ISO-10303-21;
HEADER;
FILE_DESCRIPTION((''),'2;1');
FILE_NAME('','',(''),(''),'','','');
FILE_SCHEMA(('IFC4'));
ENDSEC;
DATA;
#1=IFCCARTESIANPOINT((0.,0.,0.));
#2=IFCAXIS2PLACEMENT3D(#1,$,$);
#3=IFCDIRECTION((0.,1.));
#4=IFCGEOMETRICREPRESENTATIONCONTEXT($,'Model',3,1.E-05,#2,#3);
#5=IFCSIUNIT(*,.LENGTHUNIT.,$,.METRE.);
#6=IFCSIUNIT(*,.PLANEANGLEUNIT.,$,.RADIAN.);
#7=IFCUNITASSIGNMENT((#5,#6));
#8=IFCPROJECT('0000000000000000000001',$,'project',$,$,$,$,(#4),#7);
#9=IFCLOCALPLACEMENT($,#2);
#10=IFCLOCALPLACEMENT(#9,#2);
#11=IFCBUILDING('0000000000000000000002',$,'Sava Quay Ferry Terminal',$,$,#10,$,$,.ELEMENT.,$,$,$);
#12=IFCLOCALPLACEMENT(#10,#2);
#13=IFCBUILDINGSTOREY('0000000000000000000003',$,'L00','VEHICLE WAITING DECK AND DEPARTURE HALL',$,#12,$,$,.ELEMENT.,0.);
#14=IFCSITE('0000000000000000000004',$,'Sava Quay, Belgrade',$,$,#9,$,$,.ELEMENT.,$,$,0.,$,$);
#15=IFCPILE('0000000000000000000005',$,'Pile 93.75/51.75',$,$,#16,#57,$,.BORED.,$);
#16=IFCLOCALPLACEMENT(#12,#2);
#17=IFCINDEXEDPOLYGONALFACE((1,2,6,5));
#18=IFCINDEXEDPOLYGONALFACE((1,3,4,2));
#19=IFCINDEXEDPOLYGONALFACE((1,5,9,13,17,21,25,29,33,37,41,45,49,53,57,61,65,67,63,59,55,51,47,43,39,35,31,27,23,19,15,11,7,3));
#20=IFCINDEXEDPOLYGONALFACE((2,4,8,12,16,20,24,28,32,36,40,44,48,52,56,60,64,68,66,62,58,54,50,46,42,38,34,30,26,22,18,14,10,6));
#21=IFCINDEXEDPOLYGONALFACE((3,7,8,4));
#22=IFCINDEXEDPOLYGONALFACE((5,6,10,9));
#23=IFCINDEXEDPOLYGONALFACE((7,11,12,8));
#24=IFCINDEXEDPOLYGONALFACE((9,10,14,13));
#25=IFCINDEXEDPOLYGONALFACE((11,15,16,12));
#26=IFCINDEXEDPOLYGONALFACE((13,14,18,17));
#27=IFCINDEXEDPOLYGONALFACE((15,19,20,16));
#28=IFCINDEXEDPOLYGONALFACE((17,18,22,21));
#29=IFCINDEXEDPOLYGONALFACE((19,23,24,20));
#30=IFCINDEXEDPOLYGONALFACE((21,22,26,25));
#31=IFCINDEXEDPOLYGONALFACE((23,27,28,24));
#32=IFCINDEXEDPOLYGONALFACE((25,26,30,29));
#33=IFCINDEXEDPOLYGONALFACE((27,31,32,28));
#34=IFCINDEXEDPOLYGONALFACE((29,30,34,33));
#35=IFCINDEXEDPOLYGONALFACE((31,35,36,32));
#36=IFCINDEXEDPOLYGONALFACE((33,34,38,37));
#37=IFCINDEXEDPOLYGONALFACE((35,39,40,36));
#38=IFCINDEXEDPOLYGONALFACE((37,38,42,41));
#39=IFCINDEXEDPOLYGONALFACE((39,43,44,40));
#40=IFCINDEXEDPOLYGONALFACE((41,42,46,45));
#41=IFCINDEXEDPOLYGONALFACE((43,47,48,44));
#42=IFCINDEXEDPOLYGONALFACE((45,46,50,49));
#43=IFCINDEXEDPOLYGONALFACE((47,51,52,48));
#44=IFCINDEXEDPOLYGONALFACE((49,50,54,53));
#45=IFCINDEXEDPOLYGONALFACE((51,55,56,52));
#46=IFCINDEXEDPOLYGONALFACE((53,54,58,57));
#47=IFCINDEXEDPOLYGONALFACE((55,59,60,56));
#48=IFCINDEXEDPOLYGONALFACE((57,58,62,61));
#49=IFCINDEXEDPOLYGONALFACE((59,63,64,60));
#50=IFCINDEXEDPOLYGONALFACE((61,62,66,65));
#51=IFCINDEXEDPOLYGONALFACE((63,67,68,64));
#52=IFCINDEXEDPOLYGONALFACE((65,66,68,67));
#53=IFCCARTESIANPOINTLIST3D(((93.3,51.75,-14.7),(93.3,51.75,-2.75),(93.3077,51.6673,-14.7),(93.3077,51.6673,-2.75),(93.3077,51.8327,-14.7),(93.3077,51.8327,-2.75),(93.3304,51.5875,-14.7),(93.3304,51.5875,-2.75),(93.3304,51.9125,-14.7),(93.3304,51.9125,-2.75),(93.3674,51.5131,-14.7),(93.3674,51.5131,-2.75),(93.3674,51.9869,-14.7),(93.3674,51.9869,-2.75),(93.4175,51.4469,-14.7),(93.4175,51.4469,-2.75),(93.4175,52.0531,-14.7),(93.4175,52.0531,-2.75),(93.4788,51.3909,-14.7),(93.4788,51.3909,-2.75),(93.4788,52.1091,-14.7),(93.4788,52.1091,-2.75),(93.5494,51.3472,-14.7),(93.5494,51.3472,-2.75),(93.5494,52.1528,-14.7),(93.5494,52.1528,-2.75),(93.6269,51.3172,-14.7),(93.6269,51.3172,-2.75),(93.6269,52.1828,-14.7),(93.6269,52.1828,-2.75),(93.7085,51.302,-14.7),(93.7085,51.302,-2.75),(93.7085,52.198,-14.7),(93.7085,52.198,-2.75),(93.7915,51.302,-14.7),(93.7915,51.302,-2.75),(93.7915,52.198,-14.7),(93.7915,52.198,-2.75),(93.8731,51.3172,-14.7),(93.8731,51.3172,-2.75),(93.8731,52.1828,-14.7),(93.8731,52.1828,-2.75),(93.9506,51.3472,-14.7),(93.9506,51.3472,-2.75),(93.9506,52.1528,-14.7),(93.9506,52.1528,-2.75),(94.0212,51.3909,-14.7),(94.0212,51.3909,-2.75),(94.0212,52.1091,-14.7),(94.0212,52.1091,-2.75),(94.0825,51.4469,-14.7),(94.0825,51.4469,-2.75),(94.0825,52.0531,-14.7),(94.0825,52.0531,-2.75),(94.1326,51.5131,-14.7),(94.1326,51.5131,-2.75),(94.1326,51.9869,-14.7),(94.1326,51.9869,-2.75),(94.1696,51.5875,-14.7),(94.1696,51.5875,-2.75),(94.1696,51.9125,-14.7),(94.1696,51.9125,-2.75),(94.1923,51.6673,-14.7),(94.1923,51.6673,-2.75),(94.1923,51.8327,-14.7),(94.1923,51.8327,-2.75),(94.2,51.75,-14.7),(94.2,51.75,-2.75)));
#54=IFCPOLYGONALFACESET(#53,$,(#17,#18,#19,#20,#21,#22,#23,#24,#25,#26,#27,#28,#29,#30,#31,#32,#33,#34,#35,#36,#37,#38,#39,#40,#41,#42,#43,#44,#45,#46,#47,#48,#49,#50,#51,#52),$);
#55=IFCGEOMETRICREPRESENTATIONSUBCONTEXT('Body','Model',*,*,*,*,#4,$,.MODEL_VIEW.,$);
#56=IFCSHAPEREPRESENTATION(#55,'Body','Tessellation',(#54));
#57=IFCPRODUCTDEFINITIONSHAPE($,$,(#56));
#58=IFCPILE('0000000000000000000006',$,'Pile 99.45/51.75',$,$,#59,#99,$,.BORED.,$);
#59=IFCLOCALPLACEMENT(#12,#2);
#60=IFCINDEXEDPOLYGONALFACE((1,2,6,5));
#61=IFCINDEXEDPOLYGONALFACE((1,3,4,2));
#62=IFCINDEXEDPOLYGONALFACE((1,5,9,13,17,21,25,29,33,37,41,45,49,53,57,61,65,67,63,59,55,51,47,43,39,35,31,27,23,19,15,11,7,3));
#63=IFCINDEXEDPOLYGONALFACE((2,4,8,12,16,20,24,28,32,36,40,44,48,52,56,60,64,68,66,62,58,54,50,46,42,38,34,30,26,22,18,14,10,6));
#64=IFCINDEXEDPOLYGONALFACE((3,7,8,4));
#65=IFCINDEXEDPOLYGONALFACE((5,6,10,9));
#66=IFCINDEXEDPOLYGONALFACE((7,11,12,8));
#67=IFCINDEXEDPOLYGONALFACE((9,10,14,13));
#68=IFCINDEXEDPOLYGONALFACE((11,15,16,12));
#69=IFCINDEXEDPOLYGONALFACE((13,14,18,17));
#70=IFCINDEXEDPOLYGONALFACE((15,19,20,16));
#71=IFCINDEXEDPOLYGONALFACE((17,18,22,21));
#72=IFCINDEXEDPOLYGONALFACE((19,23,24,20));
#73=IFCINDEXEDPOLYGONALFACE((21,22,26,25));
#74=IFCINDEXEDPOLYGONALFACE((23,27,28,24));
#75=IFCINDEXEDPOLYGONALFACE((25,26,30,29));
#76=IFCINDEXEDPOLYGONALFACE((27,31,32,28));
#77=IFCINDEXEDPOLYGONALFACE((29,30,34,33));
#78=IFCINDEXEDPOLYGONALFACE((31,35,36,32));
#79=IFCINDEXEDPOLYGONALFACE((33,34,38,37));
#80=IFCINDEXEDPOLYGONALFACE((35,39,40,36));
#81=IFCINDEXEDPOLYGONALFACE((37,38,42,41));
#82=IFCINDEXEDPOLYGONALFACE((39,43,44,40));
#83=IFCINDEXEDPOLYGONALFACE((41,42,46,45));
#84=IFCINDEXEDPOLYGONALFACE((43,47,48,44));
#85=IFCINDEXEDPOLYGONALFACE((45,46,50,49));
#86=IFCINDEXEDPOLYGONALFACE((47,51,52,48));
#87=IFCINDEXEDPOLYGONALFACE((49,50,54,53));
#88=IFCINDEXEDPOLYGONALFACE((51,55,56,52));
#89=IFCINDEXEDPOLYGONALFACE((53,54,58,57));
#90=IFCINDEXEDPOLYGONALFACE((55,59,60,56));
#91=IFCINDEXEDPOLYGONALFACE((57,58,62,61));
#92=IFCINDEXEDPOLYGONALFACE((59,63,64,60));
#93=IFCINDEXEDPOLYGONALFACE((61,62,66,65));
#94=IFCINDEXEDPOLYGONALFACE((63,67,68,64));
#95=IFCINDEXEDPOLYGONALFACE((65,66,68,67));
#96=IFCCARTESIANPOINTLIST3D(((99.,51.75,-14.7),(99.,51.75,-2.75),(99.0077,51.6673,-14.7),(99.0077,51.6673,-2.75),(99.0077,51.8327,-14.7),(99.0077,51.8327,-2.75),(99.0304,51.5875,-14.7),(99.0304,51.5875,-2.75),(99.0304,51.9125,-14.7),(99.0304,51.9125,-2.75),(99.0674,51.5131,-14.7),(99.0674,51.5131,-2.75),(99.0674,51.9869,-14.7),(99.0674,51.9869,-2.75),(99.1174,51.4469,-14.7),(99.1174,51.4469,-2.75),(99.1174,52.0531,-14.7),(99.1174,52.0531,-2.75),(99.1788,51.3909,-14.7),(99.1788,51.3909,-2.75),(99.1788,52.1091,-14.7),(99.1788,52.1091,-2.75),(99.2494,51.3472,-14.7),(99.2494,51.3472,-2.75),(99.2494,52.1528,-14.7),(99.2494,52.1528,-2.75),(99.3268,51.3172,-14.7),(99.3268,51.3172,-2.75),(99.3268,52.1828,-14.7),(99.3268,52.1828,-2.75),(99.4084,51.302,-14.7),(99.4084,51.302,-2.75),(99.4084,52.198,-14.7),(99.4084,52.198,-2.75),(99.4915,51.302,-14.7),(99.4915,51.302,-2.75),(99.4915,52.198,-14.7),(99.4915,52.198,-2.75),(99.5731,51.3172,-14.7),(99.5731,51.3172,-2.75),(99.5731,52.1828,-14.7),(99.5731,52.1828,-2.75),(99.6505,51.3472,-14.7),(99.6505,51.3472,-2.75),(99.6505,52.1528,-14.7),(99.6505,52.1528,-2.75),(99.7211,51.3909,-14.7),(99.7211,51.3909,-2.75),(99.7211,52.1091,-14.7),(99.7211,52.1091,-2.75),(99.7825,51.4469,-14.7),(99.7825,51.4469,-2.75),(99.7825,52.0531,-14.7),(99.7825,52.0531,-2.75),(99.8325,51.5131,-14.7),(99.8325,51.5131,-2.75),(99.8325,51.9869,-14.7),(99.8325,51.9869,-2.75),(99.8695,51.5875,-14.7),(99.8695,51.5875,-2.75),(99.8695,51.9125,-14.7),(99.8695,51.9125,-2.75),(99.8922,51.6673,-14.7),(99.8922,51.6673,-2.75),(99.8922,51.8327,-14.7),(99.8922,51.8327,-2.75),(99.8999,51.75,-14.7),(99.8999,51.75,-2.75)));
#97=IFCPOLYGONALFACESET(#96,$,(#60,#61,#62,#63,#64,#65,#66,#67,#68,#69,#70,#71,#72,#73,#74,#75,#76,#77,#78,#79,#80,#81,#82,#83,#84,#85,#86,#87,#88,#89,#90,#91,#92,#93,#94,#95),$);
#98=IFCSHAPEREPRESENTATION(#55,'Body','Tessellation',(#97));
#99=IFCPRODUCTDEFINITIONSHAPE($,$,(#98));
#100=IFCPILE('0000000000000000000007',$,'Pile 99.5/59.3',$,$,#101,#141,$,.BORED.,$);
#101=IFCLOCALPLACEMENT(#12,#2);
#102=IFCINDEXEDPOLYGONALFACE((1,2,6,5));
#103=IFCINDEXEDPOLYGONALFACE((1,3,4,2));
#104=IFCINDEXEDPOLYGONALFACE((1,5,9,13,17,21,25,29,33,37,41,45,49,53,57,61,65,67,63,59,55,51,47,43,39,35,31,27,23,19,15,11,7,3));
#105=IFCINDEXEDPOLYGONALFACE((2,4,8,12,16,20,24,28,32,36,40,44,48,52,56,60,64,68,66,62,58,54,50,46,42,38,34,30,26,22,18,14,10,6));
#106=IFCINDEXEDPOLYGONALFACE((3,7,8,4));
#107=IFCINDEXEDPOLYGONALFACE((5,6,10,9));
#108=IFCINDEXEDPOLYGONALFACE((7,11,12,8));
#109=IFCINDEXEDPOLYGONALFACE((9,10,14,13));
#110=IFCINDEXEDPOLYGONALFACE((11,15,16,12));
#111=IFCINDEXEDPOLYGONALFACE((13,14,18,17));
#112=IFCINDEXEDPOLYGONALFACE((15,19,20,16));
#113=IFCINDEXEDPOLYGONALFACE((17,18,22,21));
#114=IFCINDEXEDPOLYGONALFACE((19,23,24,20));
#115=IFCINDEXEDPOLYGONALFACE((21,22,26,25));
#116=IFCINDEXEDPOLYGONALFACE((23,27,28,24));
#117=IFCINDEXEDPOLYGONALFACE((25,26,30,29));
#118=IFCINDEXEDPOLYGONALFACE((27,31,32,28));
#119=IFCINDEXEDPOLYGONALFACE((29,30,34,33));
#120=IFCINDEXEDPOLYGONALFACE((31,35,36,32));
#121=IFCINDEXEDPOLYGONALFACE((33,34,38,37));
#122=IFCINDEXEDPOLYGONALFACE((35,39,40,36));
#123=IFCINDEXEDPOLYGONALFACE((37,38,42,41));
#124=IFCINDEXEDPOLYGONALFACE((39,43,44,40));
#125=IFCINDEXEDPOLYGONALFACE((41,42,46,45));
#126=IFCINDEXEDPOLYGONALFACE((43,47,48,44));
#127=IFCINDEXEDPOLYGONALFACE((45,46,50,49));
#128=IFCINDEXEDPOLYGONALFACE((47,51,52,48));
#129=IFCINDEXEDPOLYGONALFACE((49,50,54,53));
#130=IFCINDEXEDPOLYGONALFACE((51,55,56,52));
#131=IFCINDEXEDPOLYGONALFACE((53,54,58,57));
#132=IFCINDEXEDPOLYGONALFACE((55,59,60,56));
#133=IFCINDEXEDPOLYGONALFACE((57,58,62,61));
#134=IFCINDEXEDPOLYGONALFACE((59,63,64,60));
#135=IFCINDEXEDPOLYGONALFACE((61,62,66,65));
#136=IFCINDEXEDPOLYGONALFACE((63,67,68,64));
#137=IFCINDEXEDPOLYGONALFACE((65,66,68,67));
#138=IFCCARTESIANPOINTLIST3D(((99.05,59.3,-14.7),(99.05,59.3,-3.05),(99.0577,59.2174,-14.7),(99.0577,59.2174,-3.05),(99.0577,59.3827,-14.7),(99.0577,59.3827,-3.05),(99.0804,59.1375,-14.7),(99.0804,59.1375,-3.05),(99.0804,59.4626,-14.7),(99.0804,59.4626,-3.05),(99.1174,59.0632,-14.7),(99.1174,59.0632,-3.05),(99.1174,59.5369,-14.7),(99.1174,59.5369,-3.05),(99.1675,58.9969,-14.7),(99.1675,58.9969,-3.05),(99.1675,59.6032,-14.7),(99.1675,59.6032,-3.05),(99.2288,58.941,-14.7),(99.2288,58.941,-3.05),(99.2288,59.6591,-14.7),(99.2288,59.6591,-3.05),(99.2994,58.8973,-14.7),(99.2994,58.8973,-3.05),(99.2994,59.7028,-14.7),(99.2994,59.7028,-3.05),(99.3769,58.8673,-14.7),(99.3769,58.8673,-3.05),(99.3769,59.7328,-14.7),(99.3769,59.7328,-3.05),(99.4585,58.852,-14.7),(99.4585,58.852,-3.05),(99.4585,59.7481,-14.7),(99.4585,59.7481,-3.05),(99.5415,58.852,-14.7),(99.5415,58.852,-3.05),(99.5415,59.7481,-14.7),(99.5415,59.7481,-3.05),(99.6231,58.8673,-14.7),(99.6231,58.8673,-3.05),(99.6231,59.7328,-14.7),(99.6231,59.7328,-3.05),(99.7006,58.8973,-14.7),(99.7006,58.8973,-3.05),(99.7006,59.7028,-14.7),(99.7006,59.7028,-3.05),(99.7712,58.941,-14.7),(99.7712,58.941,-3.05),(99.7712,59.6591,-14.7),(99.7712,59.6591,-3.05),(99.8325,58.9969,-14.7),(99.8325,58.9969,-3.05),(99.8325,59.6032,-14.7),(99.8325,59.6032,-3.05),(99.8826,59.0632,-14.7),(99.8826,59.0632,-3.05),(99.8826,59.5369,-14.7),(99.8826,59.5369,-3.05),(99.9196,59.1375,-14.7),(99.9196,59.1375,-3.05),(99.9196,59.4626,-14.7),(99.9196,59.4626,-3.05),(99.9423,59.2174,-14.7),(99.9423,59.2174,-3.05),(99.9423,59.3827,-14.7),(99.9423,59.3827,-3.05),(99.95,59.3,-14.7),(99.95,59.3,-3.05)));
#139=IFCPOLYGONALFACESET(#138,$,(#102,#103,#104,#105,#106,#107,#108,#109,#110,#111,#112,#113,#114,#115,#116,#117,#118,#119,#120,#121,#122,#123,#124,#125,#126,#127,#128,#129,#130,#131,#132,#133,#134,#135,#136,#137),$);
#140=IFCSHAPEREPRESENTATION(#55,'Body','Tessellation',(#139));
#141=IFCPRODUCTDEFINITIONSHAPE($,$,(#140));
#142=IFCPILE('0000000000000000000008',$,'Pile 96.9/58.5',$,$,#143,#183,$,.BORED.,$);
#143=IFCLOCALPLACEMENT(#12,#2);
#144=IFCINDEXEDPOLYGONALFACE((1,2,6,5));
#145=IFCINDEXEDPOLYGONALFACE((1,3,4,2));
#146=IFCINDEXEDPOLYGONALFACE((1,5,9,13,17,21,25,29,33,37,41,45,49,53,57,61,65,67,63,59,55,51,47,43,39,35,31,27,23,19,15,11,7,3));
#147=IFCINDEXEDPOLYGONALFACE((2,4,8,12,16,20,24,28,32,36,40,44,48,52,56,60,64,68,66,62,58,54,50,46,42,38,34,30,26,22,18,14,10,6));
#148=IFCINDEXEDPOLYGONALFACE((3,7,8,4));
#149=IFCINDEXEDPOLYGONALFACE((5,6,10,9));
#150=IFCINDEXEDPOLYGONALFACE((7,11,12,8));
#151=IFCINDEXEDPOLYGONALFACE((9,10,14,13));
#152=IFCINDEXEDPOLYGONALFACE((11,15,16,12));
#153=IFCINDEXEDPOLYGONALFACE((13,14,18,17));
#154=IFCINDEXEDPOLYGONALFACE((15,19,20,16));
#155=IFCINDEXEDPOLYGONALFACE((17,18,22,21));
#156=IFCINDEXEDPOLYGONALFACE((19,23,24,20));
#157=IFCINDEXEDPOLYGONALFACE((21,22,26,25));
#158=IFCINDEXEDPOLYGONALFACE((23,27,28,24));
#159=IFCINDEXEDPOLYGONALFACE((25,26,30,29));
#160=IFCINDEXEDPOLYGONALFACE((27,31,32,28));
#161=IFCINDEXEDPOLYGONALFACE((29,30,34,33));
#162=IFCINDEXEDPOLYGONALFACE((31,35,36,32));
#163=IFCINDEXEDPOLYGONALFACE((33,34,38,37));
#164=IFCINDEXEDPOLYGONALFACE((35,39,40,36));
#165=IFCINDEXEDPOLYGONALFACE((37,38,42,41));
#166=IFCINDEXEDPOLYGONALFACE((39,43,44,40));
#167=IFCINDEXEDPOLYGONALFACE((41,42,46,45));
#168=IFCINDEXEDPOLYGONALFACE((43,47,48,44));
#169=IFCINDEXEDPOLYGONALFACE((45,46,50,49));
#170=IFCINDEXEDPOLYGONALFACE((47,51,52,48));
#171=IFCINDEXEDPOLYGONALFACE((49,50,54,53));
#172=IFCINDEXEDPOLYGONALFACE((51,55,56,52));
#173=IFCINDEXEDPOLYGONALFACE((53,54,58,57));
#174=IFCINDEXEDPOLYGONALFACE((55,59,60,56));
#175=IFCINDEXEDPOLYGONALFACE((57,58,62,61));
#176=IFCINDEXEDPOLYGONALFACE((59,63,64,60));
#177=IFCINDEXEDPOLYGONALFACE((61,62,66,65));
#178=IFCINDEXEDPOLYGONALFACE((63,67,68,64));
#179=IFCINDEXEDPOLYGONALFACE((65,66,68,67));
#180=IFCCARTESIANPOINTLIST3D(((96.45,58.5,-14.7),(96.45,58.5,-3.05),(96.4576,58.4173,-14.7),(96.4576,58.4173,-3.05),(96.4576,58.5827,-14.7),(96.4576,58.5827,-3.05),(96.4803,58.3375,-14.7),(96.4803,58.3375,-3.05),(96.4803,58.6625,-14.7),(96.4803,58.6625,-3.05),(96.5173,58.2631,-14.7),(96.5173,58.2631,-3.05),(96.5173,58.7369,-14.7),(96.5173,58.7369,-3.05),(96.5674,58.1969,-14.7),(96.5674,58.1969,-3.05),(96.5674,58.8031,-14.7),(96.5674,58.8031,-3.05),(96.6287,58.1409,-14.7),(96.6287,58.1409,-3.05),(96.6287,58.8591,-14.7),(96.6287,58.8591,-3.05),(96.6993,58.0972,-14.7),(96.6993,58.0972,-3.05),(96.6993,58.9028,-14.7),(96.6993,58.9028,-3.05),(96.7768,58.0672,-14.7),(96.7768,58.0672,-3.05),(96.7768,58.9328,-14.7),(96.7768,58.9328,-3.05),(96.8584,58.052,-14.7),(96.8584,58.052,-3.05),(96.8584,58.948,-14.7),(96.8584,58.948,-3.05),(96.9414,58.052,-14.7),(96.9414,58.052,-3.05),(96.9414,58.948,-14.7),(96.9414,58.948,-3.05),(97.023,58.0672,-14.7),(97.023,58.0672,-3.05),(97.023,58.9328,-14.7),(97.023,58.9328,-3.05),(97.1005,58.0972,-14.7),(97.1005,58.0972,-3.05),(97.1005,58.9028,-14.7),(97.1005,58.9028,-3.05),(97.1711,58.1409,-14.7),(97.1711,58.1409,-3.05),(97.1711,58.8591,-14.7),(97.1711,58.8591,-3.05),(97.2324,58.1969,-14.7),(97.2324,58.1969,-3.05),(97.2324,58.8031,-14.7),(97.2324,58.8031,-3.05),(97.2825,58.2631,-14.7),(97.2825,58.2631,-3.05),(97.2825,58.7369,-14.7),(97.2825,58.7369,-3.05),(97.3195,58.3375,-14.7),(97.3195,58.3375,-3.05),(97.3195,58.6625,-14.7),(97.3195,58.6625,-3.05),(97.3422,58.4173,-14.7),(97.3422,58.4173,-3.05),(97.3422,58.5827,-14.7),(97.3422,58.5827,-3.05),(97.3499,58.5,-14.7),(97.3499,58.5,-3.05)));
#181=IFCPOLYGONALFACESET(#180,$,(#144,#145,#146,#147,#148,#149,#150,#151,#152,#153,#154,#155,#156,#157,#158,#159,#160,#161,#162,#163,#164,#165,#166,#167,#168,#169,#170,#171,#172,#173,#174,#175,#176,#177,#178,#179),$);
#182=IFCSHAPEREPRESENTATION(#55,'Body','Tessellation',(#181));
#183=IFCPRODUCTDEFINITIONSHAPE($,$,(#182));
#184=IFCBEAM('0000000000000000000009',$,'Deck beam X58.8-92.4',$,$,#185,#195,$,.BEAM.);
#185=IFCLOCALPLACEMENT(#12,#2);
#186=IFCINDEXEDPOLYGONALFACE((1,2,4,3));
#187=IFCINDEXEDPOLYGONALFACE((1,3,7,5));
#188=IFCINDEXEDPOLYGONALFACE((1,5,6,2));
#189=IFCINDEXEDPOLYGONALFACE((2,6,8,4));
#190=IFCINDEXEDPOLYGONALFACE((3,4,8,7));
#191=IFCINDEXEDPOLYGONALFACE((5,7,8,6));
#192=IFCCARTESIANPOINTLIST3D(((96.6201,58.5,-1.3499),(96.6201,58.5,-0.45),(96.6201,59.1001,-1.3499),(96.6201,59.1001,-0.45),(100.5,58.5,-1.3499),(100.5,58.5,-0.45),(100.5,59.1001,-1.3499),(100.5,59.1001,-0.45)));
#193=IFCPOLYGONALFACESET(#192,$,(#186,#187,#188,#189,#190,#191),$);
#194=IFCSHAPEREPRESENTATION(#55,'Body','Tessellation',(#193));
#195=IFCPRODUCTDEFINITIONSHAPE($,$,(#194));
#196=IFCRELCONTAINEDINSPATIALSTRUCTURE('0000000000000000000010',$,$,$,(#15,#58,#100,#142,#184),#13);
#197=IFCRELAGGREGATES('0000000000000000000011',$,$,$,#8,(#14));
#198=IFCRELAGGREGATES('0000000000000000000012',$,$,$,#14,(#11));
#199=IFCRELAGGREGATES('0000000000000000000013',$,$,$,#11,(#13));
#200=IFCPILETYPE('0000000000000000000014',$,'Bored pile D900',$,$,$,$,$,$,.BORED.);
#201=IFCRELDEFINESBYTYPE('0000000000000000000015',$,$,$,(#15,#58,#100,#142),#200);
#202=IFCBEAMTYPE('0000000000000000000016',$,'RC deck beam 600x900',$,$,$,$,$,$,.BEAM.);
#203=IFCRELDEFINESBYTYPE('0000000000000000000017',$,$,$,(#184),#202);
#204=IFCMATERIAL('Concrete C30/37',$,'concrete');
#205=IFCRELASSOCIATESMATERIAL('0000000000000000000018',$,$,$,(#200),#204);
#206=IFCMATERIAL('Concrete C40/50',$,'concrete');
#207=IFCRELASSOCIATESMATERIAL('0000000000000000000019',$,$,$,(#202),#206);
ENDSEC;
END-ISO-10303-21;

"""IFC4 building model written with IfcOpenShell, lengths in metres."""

from ifc_helpers import new_model, si_unit, direction, frame, origin, origin_2d, place, context, subcontext, project, spatial, rectangle, circle, extrude, material, material_profile, profile_set, type_object, element, save


model = new_model("IFC4")

# Units and contexts
model_context = context("Model", 3, precision=1e-05, world=origin(), true_north=direction((0.0, 1.0)))
body_context = subcontext(model_context, "Body", "Model", "MODEL_VIEW")
ifc_project = project(units=[si_unit("LENGTHUNIT", "METRE"), si_unit("PLANEANGLEUNIT", "RADIAN")], contexts=[model_context])

# Site, building, storey
site_placement = place(None, origin())
site = spatial("IfcSite", under=ifc_project, at=site_placement, Name="Sava Quay, Belgrade", CompositionType="ELEMENT", RefElevation=0.0)
building_placement = place(site_placement, origin())
building = spatial("IfcBuilding", under=site, at=building_placement, Name="Sava Quay Ferry Terminal", CompositionType="ELEMENT")
storey_placement = place(building_placement, origin())
storey = spatial("IfcBuildingStorey", under=building, at=storey_placement, Name="L00", Description="VEHICLE WAITING DECK AND DEPARTURE HALL", CompositionType="ELEMENT", Elevation=0.0)

# Piles
ifc_material_1 = material(Name="Concrete C30/37", Category="concrete")
ifc_material_profile_1 = material_profile(ifc_material_1, circle(Radius=0.45, at=origin_2d()), Name="Bored pile D900")
ifc_profile_set_1 = profile_set([ifc_material_profile_1], Name="Concrete C30/37")
pile_type = type_object("IfcPileType", Name="Bored pile D900", PredefinedType="BORED", material=ifc_profile_set_1)
for number, where, z_axis, x_axis, name in (
    (1, (93.75, 51.75, -2.75), (0.0, 0.0, -1.0), (1.0, 0.0, 0.0), "Pile 93.75/51.75"),
    (2, (99.45, 51.75, -2.75), (0.0, 0.0, -1.0), (1.0, 0.0, 0.0), "Pile 99.45/51.75"),
):
    element("IfcPile", number, at=place(storey_placement, frame(where, z_axis=z_axis, x_axis=x_axis)), inside=storey, type_object=pile_type, Name=name, PredefinedType="BORED", context=body_context, shape_type="SweptSolid", body=[
        extrude(circle(Radius=0.45, at=origin_2d()), origin(), (0.0, 0.0, 1.0), 11.95),
    ])
for number, where, z_axis, x_axis, name in (
    (3, (99.5, 59.3, -3.05), (0.0, 0.0, -1.0), (1.0, 0.0, 0.0), "Pile 99.5/59.3"),
    (4, (96.8999, 58.5, -3.05), (0.0, 0.0, -1.0), (1.0, 0.0, 0.0), "Pile 96.9/58.5"),
):
    element("IfcPile", number, at=place(storey_placement, frame(where, z_axis=z_axis, x_axis=x_axis)), inside=storey, type_object=pile_type, Name=name, PredefinedType="BORED", context=body_context, shape_type="SweptSolid", body=[
        extrude(circle(Radius=0.45, at=origin_2d()), origin(), (0.0, 0.0, 1.0), 11.6499),
    ])

# Beam
ifc_material_2 = material(Name="Concrete C40/50", Category="concrete")
ifc_material_profile_2 = material_profile(ifc_material_2, rectangle(XDim=0.6001, YDim=0.8999, at=origin_2d()), Name="RC 600x900")
ifc_profile_set_2 = profile_set([ifc_material_profile_2], Name="Concrete C40/50")
beam_type = type_object("IfcBeamType", Name="RC deck beam 600x900", PredefinedType="BEAM", material=ifc_profile_set_2)
beam_placement = place(storey_placement, frame((96.6201, 58.8, -0.8999), z_axis=(1.0, 0.0, 0.0), x_axis=(0.0, 1.0, 0.0)))
element("IfcBeam", 5, at=beam_placement, inside=storey, type_object=beam_type, Name="Deck beam X58.8-92.4", PredefinedType="BEAM", context=body_context, shape_type="SweptSolid", body=[
    extrude(rectangle(XDim=0.6001, YDim=0.8999, at=origin_2d()), origin(), (0.0, 0.0, 1.0), 3.8799),
])

save(model, "model.ifc")
